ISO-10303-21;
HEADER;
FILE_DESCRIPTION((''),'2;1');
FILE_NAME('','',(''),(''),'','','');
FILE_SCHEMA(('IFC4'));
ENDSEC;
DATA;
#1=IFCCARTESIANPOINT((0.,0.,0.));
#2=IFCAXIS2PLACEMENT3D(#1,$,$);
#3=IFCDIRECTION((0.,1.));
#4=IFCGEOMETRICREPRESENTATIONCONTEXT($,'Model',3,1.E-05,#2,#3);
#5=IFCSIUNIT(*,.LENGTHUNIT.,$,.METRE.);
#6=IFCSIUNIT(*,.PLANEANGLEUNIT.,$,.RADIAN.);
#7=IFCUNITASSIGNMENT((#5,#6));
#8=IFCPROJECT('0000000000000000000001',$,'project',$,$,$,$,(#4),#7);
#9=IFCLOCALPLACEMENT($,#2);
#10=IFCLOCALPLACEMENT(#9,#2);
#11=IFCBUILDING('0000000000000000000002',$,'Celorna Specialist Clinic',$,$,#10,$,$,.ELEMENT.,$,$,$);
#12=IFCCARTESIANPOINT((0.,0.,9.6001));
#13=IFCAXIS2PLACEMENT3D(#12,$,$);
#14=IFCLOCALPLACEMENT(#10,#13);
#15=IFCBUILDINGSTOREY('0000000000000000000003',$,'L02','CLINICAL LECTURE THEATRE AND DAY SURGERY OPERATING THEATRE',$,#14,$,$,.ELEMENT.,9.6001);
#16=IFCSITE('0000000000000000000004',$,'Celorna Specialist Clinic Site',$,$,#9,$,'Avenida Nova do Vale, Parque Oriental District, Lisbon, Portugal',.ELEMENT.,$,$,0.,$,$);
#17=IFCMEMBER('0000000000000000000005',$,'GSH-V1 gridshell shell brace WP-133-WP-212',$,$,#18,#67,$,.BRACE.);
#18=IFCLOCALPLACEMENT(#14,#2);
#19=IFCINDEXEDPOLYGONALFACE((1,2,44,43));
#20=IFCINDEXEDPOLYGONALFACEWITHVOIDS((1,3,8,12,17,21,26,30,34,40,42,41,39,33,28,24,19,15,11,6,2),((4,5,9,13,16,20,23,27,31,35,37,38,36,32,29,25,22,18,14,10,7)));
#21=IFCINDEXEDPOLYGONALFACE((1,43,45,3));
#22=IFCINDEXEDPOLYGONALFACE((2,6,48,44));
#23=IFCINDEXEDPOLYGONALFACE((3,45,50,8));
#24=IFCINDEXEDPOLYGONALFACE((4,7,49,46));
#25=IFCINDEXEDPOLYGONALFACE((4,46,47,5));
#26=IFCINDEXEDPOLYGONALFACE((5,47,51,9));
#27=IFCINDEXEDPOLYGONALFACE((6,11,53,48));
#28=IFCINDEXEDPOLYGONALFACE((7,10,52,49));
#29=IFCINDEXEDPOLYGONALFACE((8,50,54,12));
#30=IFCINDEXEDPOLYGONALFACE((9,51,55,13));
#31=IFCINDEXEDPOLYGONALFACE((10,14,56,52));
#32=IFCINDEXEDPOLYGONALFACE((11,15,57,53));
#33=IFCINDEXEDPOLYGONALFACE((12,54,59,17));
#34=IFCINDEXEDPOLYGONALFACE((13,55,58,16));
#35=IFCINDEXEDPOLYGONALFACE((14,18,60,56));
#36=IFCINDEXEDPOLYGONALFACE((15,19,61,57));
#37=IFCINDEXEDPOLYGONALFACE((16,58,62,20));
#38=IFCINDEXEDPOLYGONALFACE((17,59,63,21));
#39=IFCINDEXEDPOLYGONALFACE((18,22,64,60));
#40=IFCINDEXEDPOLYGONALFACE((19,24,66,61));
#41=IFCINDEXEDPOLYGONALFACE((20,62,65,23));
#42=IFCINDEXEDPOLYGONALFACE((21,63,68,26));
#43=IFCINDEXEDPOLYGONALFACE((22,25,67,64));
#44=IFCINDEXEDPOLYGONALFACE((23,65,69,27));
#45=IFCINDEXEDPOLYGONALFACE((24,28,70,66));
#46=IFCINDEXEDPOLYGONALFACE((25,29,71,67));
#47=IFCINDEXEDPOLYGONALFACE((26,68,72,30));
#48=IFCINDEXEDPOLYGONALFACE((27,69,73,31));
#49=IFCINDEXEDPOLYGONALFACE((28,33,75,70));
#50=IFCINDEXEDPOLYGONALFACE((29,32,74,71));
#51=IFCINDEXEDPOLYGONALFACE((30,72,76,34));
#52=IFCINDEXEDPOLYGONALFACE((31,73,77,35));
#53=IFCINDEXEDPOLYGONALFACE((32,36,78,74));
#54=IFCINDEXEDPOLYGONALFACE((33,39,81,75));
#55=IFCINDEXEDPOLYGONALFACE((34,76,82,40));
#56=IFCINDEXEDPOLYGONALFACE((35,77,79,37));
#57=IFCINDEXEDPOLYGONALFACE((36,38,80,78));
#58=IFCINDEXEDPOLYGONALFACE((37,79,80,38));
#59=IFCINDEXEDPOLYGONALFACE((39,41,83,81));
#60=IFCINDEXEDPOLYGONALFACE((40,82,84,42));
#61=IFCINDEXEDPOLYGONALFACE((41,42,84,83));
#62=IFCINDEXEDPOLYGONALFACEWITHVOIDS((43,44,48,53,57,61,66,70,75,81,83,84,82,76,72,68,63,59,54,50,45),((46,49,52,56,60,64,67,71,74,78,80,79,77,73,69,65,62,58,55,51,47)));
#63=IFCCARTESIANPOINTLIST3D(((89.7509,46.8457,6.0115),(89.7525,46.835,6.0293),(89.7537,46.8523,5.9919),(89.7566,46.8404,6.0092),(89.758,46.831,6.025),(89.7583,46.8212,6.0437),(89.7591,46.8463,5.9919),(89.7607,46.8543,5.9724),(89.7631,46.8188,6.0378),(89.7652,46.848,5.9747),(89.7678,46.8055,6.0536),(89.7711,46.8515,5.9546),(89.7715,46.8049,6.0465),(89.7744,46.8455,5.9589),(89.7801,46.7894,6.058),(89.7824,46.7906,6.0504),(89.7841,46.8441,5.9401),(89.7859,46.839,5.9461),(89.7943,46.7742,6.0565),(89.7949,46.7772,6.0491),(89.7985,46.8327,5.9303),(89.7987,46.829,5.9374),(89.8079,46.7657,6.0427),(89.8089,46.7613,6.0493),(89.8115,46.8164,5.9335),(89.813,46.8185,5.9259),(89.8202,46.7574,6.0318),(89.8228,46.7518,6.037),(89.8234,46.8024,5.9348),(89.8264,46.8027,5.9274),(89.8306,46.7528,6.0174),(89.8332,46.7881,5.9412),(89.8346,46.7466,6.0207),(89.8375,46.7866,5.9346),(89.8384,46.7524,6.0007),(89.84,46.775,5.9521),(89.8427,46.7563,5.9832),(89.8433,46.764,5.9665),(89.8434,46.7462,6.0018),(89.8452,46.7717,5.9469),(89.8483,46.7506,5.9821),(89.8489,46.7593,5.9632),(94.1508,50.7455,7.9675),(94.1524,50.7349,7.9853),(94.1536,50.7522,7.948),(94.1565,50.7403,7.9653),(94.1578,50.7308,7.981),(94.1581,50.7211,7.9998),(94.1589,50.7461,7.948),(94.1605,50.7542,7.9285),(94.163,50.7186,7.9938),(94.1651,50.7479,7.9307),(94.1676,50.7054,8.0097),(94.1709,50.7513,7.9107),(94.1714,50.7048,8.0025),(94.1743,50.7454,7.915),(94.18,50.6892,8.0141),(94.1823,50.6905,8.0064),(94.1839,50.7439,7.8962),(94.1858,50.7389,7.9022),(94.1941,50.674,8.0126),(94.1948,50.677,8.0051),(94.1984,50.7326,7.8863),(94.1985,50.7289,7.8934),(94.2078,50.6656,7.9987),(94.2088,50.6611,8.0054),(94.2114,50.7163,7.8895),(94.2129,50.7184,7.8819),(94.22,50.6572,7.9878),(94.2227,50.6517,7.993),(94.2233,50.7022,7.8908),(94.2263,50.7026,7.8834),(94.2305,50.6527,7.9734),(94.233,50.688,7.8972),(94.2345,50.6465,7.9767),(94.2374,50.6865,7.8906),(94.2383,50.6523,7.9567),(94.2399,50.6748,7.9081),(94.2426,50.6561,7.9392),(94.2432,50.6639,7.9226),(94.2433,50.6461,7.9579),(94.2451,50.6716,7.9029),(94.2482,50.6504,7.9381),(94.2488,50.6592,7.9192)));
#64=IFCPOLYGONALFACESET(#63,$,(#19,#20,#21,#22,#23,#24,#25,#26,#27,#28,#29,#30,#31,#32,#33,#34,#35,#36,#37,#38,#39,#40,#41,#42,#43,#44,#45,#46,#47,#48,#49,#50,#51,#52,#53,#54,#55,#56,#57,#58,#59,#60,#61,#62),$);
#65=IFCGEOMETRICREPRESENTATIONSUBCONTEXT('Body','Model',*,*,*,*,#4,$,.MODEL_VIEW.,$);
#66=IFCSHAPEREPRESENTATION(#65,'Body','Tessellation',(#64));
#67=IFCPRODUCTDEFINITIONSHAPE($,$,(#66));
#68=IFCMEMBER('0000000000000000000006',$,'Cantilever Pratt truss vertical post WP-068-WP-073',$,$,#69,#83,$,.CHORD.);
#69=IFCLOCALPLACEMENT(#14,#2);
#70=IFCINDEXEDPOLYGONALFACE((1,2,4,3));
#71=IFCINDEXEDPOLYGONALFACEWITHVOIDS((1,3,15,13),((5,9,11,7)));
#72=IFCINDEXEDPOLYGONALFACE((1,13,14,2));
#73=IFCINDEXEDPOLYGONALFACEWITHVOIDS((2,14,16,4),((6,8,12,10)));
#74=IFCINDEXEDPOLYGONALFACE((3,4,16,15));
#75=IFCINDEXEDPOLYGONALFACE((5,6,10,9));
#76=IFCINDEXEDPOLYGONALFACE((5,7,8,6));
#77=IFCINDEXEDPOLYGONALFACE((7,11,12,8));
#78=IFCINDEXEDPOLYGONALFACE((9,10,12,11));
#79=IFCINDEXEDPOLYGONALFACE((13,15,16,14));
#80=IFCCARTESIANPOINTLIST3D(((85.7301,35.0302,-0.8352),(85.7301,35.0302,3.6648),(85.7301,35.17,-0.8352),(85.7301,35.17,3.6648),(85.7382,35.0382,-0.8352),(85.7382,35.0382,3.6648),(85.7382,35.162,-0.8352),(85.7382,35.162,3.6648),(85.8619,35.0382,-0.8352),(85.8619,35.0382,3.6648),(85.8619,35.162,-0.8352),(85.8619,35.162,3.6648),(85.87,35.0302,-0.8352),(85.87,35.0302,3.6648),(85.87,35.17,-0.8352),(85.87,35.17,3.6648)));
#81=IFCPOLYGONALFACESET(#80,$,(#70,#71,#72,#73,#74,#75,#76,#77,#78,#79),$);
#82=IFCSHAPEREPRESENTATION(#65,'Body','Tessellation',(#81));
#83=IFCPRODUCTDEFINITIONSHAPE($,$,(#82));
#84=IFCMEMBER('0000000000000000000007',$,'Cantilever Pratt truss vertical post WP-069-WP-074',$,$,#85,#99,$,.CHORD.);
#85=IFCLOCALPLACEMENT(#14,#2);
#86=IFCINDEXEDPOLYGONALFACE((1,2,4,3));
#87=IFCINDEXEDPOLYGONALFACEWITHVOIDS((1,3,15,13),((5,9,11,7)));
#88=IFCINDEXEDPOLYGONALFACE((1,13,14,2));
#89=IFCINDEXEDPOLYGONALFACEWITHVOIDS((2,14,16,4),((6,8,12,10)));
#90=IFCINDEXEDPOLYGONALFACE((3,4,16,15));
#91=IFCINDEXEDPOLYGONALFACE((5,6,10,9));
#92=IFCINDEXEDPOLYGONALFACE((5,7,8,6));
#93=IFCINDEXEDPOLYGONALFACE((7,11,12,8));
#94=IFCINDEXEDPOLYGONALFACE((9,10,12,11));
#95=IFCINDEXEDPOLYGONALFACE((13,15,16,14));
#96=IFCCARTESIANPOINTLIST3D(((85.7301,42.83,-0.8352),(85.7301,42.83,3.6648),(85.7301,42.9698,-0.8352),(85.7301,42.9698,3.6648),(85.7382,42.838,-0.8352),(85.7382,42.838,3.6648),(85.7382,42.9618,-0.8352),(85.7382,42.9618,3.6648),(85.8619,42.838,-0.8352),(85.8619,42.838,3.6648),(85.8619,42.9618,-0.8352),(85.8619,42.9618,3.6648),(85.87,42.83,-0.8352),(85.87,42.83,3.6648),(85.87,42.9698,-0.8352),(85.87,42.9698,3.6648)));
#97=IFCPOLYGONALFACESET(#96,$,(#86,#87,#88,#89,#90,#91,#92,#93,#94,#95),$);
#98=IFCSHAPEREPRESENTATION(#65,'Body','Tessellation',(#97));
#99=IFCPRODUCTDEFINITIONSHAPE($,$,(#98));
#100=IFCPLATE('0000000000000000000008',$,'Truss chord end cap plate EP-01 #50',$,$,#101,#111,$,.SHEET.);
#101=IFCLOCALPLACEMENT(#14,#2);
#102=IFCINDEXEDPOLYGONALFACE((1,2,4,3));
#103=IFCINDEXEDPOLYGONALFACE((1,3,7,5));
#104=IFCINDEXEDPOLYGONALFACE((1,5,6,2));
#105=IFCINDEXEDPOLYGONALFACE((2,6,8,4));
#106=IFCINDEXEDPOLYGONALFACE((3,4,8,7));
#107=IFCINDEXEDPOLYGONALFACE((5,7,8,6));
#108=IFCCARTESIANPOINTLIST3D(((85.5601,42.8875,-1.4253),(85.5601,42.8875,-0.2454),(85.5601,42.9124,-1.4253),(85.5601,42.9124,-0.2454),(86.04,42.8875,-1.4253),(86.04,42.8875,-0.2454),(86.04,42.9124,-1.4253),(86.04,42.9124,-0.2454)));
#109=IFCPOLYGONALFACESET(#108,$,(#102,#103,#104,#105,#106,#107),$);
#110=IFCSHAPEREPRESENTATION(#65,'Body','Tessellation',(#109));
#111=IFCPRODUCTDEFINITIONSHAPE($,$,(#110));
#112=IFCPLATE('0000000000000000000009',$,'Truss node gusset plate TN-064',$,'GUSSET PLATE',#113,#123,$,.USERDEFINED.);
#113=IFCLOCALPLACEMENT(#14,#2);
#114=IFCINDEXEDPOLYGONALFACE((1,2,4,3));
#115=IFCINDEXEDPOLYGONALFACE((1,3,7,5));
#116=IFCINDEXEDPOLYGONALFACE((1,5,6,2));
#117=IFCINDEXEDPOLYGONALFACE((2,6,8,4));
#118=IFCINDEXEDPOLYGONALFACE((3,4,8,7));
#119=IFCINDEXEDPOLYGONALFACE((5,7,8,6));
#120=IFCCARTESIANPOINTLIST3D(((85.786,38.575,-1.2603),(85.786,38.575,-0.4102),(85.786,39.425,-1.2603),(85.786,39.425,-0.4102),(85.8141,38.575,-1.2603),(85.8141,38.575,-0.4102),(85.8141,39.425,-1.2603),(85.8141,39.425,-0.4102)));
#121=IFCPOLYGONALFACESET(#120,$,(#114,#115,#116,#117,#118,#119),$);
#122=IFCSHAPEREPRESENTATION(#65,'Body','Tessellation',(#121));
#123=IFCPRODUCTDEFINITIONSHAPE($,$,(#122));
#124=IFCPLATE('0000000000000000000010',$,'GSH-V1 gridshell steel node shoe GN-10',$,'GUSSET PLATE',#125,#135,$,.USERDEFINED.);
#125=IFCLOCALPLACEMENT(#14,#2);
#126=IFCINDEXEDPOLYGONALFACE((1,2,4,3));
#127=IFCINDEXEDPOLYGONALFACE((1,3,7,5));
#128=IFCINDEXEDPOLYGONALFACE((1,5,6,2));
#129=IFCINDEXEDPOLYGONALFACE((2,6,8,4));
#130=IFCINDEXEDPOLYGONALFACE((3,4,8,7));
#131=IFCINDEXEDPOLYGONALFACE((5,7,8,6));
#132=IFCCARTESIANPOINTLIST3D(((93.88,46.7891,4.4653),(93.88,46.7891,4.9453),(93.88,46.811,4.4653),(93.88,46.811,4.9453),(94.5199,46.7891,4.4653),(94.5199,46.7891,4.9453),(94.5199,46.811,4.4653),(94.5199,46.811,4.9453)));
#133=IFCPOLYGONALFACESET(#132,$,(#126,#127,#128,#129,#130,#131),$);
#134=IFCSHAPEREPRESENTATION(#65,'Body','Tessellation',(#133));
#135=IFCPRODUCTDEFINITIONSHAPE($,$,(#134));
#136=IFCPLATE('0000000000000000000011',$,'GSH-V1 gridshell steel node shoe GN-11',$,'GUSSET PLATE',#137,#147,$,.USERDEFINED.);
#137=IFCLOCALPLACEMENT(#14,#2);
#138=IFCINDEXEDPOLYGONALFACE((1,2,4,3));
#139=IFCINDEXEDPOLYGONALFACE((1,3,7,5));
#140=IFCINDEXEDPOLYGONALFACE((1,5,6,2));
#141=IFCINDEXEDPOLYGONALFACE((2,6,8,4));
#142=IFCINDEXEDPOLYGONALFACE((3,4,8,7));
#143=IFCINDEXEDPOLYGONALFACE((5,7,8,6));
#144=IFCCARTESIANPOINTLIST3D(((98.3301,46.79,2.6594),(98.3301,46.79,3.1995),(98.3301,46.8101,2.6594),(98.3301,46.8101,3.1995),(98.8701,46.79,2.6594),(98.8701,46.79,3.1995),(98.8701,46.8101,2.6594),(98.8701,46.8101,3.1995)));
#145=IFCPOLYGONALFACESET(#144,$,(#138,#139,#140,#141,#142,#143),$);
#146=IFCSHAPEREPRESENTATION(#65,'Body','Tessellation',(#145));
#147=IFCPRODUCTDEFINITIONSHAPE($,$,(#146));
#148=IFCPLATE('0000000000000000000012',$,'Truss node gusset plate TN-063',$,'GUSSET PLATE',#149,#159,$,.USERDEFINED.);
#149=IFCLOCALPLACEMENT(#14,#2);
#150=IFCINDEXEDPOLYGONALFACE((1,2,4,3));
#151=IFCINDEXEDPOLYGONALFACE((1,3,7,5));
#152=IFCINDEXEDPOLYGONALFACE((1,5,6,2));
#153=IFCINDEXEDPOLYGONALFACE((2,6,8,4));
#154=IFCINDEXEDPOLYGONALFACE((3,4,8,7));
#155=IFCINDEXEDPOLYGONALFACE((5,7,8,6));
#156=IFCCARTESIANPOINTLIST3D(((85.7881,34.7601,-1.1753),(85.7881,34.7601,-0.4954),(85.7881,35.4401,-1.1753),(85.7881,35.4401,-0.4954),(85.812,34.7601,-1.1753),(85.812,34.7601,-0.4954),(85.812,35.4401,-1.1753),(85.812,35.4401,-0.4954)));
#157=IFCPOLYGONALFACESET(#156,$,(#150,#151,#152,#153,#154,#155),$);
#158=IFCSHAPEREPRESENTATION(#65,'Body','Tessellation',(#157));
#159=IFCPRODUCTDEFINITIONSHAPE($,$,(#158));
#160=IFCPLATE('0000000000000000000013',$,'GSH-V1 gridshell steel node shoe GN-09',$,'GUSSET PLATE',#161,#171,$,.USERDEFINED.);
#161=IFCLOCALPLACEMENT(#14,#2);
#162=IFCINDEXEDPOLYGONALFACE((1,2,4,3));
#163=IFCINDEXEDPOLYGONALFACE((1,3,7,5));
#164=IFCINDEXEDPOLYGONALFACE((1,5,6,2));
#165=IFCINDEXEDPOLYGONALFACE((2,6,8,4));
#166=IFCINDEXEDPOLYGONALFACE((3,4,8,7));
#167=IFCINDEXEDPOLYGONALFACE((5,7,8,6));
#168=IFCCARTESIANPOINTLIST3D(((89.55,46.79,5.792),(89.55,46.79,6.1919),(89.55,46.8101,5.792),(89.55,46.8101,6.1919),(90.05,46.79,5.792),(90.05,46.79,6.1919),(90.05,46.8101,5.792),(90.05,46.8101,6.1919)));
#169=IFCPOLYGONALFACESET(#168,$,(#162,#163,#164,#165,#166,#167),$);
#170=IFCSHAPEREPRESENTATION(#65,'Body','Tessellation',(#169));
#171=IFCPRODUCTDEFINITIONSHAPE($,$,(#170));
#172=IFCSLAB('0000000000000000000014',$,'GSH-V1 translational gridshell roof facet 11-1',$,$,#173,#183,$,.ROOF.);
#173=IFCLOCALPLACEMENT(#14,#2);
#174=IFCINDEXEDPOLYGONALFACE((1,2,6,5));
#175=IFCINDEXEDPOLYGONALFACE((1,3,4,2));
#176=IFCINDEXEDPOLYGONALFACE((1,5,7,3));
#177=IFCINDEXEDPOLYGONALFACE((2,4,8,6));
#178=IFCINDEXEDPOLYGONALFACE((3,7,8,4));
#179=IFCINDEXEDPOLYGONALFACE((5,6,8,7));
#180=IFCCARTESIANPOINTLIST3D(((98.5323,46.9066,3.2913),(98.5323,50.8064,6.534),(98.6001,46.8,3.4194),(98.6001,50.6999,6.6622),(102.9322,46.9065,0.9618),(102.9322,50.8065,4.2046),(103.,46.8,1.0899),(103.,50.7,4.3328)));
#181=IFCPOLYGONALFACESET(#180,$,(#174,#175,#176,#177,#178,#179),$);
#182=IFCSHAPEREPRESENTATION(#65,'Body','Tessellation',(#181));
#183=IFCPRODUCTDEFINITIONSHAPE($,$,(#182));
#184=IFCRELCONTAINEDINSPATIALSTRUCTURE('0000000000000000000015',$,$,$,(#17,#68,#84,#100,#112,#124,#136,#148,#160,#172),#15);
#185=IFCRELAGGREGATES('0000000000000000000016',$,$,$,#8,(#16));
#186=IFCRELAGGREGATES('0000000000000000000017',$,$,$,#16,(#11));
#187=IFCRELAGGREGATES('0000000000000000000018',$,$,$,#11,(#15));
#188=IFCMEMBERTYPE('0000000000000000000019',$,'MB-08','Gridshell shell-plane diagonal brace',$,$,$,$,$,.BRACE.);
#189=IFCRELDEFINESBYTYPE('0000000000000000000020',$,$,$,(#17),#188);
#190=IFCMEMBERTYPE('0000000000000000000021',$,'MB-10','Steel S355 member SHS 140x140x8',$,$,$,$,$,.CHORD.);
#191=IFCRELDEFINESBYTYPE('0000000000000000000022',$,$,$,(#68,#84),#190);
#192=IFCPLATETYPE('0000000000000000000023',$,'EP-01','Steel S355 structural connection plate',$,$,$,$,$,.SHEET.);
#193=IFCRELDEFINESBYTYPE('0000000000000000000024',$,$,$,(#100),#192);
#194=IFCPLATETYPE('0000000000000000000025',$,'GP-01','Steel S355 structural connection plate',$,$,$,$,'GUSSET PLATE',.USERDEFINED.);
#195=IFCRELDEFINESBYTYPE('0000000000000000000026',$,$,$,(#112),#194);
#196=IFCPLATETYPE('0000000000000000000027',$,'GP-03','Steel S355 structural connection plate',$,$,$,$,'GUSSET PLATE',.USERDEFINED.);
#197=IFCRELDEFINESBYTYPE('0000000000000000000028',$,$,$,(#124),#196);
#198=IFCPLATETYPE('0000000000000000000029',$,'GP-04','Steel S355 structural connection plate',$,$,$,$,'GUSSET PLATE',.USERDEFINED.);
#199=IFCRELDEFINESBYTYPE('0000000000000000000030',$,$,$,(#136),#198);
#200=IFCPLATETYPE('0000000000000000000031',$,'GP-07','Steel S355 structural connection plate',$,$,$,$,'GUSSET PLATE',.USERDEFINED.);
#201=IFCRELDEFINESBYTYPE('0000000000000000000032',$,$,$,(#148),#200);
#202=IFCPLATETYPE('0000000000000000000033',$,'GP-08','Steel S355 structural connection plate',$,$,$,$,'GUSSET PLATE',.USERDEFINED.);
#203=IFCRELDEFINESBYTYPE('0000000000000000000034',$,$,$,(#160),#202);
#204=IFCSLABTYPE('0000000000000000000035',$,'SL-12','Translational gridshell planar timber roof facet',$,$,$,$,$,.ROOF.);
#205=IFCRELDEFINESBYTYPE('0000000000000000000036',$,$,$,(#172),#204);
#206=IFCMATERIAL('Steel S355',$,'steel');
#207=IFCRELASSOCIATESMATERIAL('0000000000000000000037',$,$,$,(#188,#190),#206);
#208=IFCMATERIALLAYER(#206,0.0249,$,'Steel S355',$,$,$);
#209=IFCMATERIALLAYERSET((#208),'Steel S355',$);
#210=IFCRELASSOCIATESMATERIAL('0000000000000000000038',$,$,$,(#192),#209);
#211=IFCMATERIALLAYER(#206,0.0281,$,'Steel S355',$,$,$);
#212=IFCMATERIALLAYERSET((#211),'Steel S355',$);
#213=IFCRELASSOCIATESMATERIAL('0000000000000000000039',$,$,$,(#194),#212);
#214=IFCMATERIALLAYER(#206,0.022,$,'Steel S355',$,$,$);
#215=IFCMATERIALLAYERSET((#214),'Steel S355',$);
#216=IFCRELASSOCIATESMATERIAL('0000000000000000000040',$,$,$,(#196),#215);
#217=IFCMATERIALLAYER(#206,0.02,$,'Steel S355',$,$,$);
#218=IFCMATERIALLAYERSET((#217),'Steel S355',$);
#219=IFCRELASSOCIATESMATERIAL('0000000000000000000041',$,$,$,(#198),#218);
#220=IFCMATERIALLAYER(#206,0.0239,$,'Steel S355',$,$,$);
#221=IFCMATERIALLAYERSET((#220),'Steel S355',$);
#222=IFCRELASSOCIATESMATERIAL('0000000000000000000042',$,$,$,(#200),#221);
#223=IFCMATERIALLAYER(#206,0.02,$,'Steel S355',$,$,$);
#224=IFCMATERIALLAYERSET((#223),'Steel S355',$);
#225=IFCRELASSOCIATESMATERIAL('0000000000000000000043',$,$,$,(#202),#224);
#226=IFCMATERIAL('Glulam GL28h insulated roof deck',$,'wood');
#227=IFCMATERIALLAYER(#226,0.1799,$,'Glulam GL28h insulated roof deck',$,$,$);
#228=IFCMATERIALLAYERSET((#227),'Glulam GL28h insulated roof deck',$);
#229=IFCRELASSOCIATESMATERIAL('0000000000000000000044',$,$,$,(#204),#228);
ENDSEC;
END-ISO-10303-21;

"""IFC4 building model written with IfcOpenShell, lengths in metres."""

from ifc_helpers import new_model, si_unit, direction, frame, origin, origin_2d, place, context, subcontext, project, spatial, polyline, rectangle, hollow_rectangle, hollow_circle, outline, extrude, material, layer, layer_set, material_profile, profile_set, type_object, element, save


model = new_model("IFC4")

# Units and contexts
model_context = context("Model", 3, precision=1e-05, world=origin(), true_north=direction((0.0, 1.0)))
body_context = subcontext(model_context, "Body", "Model", "MODEL_VIEW")
ifc_project = project(units=[si_unit("LENGTHUNIT", "METRE"), si_unit("PLANEANGLEUNIT", "RADIAN")], contexts=[model_context])

# Site, building, storey
site_placement = place(None, origin())
site = spatial("IfcSite", under=ifc_project, at=site_placement, Name="Celorna Specialist Clinic Site", LongName="Avenida Nova do Vale, Parque Oriental District, Lisbon, Portugal", CompositionType="ELEMENT", RefElevation=0.0)
building_placement = place(site_placement, origin())
building = spatial("IfcBuilding", under=site, at=building_placement, Name="Celorna Specialist Clinic", CompositionType="ELEMENT")
storey_placement = place(building_placement, frame((0.0, 0.0, 9.6001)))
storey = spatial("IfcBuildingStorey", under=building, at=storey_placement, Name="L02", Description="CLINICAL LECTURE THEATRE AND DAY SURGERY OPERATING THEATRE", CompositionType="ELEMENT", Elevation=9.6001)

# Shared definitions
ifc_material_1 = material(Name="Steel S355", Category="steel")

# Members
ifc_material_profile_1 = material_profile(ifc_material_1, hollow_circle(Radius=0.0698, WallThickness=0.0081, at=origin_2d()), Name="CHS 139.7x8")
ifc_profile_set_1 = profile_set([ifc_material_profile_1], Name="Steel S355")
member_type_1 = type_object("IfcMemberType", Name="MB-08", Description="Gridshell shell-plane diagonal brace", PredefinedType="BRACE", material=ifc_profile_set_1)
member_1_placement = place(storey_placement, frame((89.8, 46.8, 5.9919), z_axis=(0.710082, 0.629389, 0.315679), x_axis=(-0.663306, 0.748348, 0.0)))
element("IfcMember", 1, at=member_1_placement, inside=storey, type_object=member_type_1, Name="GSH-V1 gridshell shell brace WP-133-WP-212", PredefinedType="BRACE", context=body_context, shape_type="SweptSolid", body=[
    extrude(hollow_circle(Radius=0.0698, WallThickness=0.0081, at=origin_2d()), origin(), (0.0, 0.0, 1.0), 6.1963),
])
ifc_material_profile_2 = material_profile(ifc_material_1, hollow_rectangle(XDim=0.1399, YDim=0.1399, WallThickness=0.0081, at=origin_2d()), Name="SHS 140x140x8")
ifc_profile_set_2 = profile_set([ifc_material_profile_2], Name="Steel S355")
member_type_2 = type_object("IfcMemberType", Name="MB-10", Description="Steel S355 member SHS 140x140x8", PredefinedType="CHORD", material=ifc_profile_set_2)
for number, where, z_axis, x_axis, name in (
    (2, (85.8, 35.1001, -0.8352), (0.0, 0.0, 1.0), (1.0, 0.0, 0.0), "Cantilever Pratt truss vertical post WP-068-WP-073"),
    (3, (85.8, 42.8999, -0.8352), (0.0, 0.0, 1.0), (1.0, 0.0, 0.0), "Cantilever Pratt truss vertical post WP-069-WP-074"),
):
    element("IfcMember", number, at=place(storey_placement, frame(where, z_axis=z_axis, x_axis=x_axis)), inside=storey, type_object=member_type_2, Name=name, PredefinedType="CHORD", context=body_context, shape_type="SweptSolid", body=[
        extrude(hollow_rectangle(XDim=0.1399, YDim=0.1399, WallThickness=0.0081, at=origin_2d()), origin(), (0.0, 0.0, 1.0), 4.5),
    ])

# Plates
ifc_layer_1 = layer(ifc_material_1, 0.0249, Name="Steel S355")
ifc_layer_set_1 = layer_set([ifc_layer_1], Name="Steel S355")
plate_type_1 = type_object("IfcPlateType", Name="EP-01", Description="Steel S355 structural connection plate", PredefinedType="SHEET", material=ifc_layer_set_1)
plate_1_placement = place(storey_placement, frame((85.8, 42.8999, -1.4253), z_axis=(0.0, 0.0, 1.0), x_axis=(1.0, 0.0, 0.0)))
element("IfcPlate", 4, at=plate_1_placement, inside=storey, type_object=plate_type_1, Name="Truss chord end cap plate EP-01 #50", PredefinedType="SHEET", context=body_context, shape_type="SweptSolid", body=[
    extrude(rectangle(XDim=0.48, YDim=0.0249, at=origin_2d()), origin(), (0.0, 0.0, 1.0), 1.1799),
])
ifc_layer_2 = layer(ifc_material_1, 0.0281, Name="Steel S355")
ifc_layer_set_2 = layer_set([ifc_layer_2], Name="Steel S355")
plate_type_2 = type_object("IfcPlateType", Name="GP-01", Description="Steel S355 structural connection plate", ElementType="GUSSET PLATE", PredefinedType="USERDEFINED", material=ifc_layer_set_2)
plate_2_placement = place(storey_placement, frame((85.8, 39.0, -1.2603), z_axis=(0.0, 0.0, 1.0), x_axis=(0.0, 1.0, 0.0)))
element("IfcPlate", 5, at=plate_2_placement, inside=storey, type_object=plate_type_2, Name="Truss node gusset plate TN-064", ObjectType="GUSSET PLATE", PredefinedType="USERDEFINED", context=body_context, shape_type="SweptSolid", body=[
    extrude(rectangle(XDim=0.8501, YDim=0.0281, at=origin_2d()), origin(), (0.0, 0.0, 1.0), 0.8501),
])
ifc_layer_3 = layer(ifc_material_1, 0.022, Name="Steel S355")
ifc_layer_set_3 = layer_set([ifc_layer_3], Name="Steel S355")
plate_type_3 = type_object("IfcPlateType", Name="GP-03", Description="Steel S355 structural connection plate", ElementType="GUSSET PLATE", PredefinedType="USERDEFINED", material=ifc_layer_set_3)
plate_3_placement = place(storey_placement, frame((94.2, 46.8, 4.4653), z_axis=(0.0, 0.0, 1.0), x_axis=(1.0, 0.0, 0.0)))
element("IfcPlate", 6, at=plate_3_placement, inside=storey, type_object=plate_type_3, Name="GSH-V1 gridshell steel node shoe GN-10", ObjectType="GUSSET PLATE", PredefinedType="USERDEFINED", context=body_context, shape_type="SweptSolid", body=[
    extrude(rectangle(XDim=0.6399, YDim=0.022, at=origin_2d()), origin(), (0.0, 0.0, 1.0), 0.48),
])
ifc_layer_4 = layer(ifc_material_1, 0.02, Name="Steel S355")
ifc_layer_set_4 = layer_set([ifc_layer_4], Name="Steel S355")
plate_type_4 = type_object("IfcPlateType", Name="GP-04", Description="Steel S355 structural connection plate", ElementType="GUSSET PLATE", PredefinedType="USERDEFINED", material=ifc_layer_set_4)
plate_4_placement = place(storey_placement, frame((98.6001, 46.8, 2.6594), z_axis=(0.0, 0.0, 1.0), x_axis=(1.0, 0.0, 0.0)))
element("IfcPlate", 7, at=plate_4_placement, inside=storey, type_object=plate_type_4, Name="GSH-V1 gridshell steel node shoe GN-11", ObjectType="GUSSET PLATE", PredefinedType="USERDEFINED", context=body_context, shape_type="SweptSolid", body=[
    extrude(rectangle(XDim=0.54, YDim=0.02, at=origin_2d()), origin(), (0.0, 0.0, 1.0), 0.54),
])
ifc_layer_5 = layer(ifc_material_1, 0.0239, Name="Steel S355")
ifc_layer_set_5 = layer_set([ifc_layer_5], Name="Steel S355")
plate_type_5 = type_object("IfcPlateType", Name="GP-07", Description="Steel S355 structural connection plate", ElementType="GUSSET PLATE", PredefinedType="USERDEFINED", material=ifc_layer_set_5)
plate_5_placement = place(storey_placement, frame((85.8, 35.1001, -1.1753), z_axis=(0.0, 0.0, 1.0), x_axis=(0.0, 1.0, 0.0)))
element("IfcPlate", 8, at=plate_5_placement, inside=storey, type_object=plate_type_5, Name="Truss node gusset plate TN-063", ObjectType="GUSSET PLATE", PredefinedType="USERDEFINED", context=body_context, shape_type="SweptSolid", body=[
    extrude(rectangle(XDim=0.6799, YDim=0.0239, at=origin_2d()), origin(), (0.0, 0.0, 1.0), 0.6799),
])
ifc_layer_6 = layer(ifc_material_1, 0.02, Name="Steel S355")
ifc_layer_set_6 = layer_set([ifc_layer_6], Name="Steel S355")
plate_type_6 = type_object("IfcPlateType", Name="GP-08", Description="Steel S355 structural connection plate", ElementType="GUSSET PLATE", PredefinedType="USERDEFINED", material=ifc_layer_set_6)
plate_6_placement = place(storey_placement, frame((89.8, 46.8, 5.792), z_axis=(0.0, 0.0, 1.0), x_axis=(1.0, 0.0, 0.0)))
element("IfcPlate", 9, at=plate_6_placement, inside=storey, type_object=plate_type_6, Name="GSH-V1 gridshell steel node shoe GN-09", ObjectType="GUSSET PLATE", PredefinedType="USERDEFINED", context=body_context, shape_type="SweptSolid", body=[
    extrude(rectangle(XDim=0.5, YDim=0.02, at=origin_2d()), origin(), (0.0, 0.0, 1.0), 0.3999),
])

# Slab
ifc_material_2 = material(Name="Glulam GL28h insulated roof deck", Category="wood")
ifc_layer_7 = layer(ifc_material_2, 0.1799, Name="Glulam GL28h insulated roof deck")
ifc_layer_set_7 = layer_set([ifc_layer_7], Name="Glulam GL28h insulated roof deck")
slab_type = type_object("IfcSlabType", Name="SL-12", Description="Translational gridshell planar timber roof facet", PredefinedType="ROOF", material=ifc_layer_set_7)
slab_placement = place(storey_placement, frame((98.6001, 46.8, 3.4194), z_axis=(0.377044, -0.592168, 0.712162), x_axis=(0.883775, -0.00001, -0.467911)))
element("IfcSlab", 10, at=slab_placement, inside=storey, type_object=slab_type, Name="GSH-V1 translational gridshell roof facet 11-1", PredefinedType="ROOF", context=body_context, shape_type="SweptSolid", body=[
    extrude(outline(polyline([(0.0, 0.0), (4.9786, 0.0), (3.4611, 4.8397), (-1.5173, 4.8396), (0.0, 0.0)])), origin(), (0.0, 0.0, -1.0), 0.1799),
])

save(model, "model.ifc")
